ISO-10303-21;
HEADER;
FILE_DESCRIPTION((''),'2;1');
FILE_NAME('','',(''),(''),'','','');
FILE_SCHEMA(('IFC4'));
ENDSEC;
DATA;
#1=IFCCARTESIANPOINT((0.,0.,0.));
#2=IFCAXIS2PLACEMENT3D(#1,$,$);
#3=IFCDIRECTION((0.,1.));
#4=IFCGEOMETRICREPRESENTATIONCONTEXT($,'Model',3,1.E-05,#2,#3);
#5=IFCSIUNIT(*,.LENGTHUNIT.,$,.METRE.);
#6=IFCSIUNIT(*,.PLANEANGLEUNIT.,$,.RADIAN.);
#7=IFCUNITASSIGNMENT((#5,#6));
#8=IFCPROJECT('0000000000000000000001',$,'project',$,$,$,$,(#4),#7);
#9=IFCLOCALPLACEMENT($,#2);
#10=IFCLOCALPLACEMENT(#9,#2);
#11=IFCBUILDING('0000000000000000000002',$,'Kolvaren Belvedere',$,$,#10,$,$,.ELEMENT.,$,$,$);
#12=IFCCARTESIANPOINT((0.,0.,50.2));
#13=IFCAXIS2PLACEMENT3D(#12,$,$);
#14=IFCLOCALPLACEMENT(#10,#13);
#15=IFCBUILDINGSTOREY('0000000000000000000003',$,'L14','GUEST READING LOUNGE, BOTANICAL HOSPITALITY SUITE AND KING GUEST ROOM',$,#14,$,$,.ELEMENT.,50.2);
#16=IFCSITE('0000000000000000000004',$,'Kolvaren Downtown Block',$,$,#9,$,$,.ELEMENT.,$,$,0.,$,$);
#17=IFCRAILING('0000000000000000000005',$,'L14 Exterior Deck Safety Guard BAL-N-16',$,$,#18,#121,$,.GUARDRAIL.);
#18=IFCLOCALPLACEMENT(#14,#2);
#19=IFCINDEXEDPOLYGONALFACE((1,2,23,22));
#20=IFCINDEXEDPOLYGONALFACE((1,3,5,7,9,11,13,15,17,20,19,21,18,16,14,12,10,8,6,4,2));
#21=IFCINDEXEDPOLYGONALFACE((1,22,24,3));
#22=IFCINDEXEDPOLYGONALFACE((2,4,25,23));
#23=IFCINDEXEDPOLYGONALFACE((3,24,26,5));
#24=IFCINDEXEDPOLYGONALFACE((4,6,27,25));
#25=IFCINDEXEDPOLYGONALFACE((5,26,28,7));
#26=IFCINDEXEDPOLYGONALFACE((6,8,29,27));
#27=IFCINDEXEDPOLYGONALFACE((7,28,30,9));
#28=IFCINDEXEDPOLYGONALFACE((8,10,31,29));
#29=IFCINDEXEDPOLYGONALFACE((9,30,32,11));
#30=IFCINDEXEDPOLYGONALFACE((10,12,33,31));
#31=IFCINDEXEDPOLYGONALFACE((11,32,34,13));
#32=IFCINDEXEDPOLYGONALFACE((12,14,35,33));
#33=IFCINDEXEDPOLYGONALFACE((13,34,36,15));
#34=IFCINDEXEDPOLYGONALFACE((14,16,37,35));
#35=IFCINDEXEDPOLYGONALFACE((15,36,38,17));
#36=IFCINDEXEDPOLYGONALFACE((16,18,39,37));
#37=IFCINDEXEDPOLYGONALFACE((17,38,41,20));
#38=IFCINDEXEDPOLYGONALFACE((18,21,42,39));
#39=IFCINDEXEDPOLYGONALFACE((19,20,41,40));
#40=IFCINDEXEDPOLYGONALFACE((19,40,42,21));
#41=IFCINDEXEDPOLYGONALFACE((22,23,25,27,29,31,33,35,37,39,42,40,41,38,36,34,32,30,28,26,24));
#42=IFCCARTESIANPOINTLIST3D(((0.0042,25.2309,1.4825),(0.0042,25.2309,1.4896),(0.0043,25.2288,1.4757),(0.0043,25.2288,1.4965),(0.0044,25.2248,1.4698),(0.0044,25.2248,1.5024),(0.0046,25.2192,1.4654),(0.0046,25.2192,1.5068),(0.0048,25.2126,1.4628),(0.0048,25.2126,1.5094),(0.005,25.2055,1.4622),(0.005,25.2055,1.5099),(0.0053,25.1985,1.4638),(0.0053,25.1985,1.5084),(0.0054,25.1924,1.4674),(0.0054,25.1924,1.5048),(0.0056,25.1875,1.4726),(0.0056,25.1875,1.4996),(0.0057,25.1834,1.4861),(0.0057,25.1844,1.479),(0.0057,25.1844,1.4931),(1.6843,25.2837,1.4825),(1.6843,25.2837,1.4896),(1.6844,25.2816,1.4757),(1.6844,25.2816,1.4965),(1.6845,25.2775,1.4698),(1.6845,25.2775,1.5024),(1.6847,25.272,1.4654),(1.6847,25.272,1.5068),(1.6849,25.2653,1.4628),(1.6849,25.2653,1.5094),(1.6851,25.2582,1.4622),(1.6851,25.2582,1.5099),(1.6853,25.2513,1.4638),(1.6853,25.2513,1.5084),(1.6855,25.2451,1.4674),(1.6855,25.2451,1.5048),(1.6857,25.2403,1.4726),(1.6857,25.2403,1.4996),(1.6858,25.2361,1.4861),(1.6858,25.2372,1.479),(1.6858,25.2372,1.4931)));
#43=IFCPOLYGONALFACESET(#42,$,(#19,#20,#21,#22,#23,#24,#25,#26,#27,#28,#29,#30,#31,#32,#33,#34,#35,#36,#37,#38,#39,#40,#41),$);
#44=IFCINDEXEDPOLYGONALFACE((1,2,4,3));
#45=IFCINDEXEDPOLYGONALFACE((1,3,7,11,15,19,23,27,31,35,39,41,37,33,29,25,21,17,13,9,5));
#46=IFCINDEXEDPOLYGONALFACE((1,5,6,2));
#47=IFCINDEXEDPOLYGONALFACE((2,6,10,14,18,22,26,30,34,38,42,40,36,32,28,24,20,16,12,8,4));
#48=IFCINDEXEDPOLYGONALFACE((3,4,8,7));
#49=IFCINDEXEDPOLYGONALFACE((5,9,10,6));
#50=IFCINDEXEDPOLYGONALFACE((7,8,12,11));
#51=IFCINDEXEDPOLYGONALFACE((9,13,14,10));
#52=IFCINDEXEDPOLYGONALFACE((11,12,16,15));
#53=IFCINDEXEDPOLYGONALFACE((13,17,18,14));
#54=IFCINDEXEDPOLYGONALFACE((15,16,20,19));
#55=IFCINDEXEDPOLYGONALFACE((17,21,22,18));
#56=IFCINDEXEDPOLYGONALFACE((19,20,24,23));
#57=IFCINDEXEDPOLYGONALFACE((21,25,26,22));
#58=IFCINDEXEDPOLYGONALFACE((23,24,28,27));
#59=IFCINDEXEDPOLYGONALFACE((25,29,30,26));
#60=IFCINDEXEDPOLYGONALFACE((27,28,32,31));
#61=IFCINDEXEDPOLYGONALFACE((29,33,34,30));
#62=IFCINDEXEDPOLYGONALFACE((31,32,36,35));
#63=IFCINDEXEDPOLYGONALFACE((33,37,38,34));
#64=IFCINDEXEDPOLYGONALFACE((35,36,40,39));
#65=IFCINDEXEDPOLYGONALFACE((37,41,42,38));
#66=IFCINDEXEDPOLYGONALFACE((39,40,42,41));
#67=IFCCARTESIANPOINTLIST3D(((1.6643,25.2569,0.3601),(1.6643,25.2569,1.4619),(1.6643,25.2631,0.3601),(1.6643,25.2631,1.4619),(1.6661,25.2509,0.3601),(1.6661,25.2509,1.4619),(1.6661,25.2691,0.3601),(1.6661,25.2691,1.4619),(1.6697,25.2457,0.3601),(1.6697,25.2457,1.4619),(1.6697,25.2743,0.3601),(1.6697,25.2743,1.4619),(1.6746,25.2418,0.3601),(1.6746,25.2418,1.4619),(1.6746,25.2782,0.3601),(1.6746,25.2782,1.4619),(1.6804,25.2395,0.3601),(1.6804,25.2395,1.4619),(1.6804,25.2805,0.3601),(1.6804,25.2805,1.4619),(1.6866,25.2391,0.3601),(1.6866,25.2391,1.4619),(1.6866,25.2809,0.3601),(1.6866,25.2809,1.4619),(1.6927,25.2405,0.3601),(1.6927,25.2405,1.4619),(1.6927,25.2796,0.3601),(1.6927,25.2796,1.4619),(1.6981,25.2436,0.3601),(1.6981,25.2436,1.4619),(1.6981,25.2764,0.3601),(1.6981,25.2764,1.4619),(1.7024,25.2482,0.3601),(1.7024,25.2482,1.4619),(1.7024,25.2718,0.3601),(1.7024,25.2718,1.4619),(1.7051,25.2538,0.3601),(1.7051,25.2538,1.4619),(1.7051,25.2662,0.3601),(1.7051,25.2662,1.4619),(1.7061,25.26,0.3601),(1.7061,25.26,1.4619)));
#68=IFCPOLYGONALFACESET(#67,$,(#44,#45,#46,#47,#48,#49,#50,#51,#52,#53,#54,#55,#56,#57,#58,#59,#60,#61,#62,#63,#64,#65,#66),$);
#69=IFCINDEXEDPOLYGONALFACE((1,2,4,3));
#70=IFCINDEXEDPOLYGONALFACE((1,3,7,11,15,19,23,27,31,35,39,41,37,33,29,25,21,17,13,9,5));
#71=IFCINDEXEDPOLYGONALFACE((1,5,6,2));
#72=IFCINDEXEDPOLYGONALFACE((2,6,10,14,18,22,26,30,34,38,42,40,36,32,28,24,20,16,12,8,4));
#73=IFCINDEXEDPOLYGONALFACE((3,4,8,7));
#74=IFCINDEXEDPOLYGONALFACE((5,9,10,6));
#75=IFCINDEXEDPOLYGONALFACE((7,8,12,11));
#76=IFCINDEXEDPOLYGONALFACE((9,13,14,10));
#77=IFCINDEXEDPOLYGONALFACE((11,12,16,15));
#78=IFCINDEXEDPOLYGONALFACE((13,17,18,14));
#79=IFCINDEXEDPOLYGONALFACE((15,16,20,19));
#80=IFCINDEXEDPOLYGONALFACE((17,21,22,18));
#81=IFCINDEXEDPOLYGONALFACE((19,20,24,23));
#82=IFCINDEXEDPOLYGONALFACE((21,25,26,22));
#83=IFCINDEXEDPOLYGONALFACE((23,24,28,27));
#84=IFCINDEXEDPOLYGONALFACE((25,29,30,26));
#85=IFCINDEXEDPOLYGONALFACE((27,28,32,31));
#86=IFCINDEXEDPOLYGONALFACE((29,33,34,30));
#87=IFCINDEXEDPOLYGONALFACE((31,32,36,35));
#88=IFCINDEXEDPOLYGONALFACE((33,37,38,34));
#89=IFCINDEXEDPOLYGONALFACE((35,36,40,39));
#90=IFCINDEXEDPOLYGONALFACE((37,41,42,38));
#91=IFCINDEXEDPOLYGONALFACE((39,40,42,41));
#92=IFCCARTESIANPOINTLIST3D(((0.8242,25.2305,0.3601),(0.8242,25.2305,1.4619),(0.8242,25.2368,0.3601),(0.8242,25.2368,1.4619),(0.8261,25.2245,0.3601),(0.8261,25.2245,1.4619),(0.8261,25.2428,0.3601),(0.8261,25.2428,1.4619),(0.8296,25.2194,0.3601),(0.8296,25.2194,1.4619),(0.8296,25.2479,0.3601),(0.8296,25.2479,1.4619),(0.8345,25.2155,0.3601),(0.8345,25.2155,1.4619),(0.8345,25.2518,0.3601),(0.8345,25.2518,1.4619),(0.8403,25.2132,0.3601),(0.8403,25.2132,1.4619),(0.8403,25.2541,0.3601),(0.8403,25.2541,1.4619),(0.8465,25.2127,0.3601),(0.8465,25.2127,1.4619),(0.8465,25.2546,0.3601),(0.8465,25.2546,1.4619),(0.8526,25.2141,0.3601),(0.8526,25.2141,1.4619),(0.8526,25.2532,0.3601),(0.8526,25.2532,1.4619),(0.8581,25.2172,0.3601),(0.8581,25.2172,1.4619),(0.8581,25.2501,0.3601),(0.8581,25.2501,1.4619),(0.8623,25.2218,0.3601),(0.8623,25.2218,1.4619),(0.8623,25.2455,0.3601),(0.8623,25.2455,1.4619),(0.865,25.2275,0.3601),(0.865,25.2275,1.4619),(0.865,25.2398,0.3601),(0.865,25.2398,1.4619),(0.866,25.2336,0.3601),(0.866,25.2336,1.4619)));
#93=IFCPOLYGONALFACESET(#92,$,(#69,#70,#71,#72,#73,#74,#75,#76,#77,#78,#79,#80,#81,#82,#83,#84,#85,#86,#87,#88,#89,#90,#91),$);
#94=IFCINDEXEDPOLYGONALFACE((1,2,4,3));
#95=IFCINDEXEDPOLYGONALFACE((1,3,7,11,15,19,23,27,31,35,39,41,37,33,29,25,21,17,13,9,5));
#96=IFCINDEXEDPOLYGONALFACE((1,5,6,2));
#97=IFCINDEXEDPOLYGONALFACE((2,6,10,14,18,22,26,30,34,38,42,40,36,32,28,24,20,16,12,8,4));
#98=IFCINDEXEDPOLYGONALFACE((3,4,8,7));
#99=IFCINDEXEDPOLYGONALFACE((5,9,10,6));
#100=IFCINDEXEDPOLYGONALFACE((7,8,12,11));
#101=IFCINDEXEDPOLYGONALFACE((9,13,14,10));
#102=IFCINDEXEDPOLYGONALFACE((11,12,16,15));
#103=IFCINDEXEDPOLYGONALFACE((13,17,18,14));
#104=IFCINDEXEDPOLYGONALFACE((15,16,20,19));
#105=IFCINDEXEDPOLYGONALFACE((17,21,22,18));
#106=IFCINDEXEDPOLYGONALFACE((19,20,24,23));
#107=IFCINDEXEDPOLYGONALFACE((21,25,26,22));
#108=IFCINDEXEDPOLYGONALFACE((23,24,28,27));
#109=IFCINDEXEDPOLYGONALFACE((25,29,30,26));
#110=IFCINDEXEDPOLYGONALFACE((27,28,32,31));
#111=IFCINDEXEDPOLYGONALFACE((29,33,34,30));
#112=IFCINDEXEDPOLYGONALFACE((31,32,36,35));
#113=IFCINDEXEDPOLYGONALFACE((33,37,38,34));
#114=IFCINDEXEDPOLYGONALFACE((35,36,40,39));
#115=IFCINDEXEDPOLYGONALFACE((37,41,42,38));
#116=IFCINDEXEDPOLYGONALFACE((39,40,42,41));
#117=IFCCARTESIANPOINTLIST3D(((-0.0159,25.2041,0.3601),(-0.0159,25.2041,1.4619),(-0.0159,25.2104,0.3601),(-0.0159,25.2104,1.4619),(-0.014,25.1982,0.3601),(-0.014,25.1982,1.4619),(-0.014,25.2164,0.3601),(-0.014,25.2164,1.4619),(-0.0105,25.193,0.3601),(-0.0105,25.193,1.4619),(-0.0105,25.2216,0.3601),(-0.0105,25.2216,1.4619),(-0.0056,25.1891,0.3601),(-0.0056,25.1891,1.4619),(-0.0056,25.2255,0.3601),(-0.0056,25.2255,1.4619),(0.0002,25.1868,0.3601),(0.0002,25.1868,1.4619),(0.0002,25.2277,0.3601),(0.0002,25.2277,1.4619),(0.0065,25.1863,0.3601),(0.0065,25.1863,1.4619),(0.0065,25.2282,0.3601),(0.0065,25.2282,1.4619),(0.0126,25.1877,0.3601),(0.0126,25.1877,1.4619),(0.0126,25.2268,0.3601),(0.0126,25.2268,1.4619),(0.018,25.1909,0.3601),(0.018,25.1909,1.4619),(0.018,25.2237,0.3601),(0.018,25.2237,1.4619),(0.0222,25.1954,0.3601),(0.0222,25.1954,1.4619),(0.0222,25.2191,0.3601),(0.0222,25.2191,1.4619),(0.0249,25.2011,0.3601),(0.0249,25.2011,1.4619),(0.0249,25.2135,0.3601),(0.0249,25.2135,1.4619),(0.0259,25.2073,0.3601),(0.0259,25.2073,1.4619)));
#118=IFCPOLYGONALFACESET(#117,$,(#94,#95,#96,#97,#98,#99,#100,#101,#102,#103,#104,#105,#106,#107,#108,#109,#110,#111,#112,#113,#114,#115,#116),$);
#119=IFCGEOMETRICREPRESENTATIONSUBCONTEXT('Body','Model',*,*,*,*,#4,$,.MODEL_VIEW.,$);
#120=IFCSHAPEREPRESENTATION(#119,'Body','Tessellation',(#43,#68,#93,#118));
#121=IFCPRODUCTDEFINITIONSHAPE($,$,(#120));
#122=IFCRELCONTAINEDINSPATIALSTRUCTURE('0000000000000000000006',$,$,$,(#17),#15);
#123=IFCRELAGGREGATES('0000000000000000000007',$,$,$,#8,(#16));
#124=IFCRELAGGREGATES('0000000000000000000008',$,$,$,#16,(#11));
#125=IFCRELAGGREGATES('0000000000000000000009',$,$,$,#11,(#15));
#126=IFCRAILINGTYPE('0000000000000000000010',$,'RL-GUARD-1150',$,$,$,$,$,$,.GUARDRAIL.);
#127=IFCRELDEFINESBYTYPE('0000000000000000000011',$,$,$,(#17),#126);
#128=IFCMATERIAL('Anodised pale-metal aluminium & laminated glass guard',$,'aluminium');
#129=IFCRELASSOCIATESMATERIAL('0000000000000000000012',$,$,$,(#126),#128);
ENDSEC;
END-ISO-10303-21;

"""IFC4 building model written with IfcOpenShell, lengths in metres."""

from ifc_helpers import new_model, si_unit, direction, frame, origin, origin_2d, place, context, subcontext, project, spatial, circle, extrude, material, type_object, element, save


model = new_model("IFC4")

# Units and contexts
model_context = context("Model", 3, precision=1e-05, world=origin(), true_north=direction((0.0, 1.0)))
body_context = subcontext(model_context, "Body", "Model", "MODEL_VIEW")
ifc_project = project(units=[si_unit("LENGTHUNIT", "METRE"), si_unit("PLANEANGLEUNIT", "RADIAN")], contexts=[model_context])

# Site, building, storey
site_placement = place(None, origin())
site = spatial("IfcSite", under=ifc_project, at=site_placement, Name="Kolvaren Downtown Block", CompositionType="ELEMENT", RefElevation=0.0)
building_placement = place(site_placement, origin())
building = spatial("IfcBuilding", under=site, at=building_placement, Name="Kolvaren Belvedere", CompositionType="ELEMENT")
storey_placement = place(building_placement, frame((0.0, 0.0, 50.2)))
storey = spatial("IfcBuildingStorey", under=building, at=storey_placement, Name="L14", Description="GUEST READING LOUNGE, BOTANICAL HOSPITALITY SUITE AND KING GUEST ROOM", CompositionType="ELEMENT", Elevation=50.2)

# Railing
ifc_material_1 = material(Name="Anodised pale-metal aluminium & laminated glass guard", Category="aluminium")
railing_type = type_object("IfcRailingType", Name="RL-GUARD-1150", PredefinedType="GUARDRAIL", material=ifc_material_1)
railing_1_placement = place(storey_placement, frame((1.6851, 25.26, 0.3601)))
element("IfcRailing", 1, at=railing_1_placement, inside=storey, type_object=railing_type, Name="L14 Exterior Deck Safety Guard BAL-N-16", PredefinedType="GUARDRAIL", context=body_context, shape_type="SweptSolid", body=[
    extrude(circle(Radius=0.0239, at=origin_2d()), frame((0.0, 0.0, 1.126), z_axis=(-0.999508, -0.031371, 0.0), x_axis=(0.031371, -0.999508, 0.0)), (0.0, 0.0, 1.0), 1.6809),
    extrude(circle(Radius=0.021, at=origin_2d()), origin(), (0.0, 0.0, 1.0), 1.1018),
    extrude(circle(Radius=0.021, at=origin_2d()), frame((-0.8401, -0.0264, 0.0)), (0.0, 0.0, 1.0), 1.1018),
    extrude(circle(Radius=0.021, at=origin_2d()), frame((-1.6802, -0.0527, 0.0)), (0.0, 0.0, 1.0), 1.1018),
])

save(model, "model.ifc")
